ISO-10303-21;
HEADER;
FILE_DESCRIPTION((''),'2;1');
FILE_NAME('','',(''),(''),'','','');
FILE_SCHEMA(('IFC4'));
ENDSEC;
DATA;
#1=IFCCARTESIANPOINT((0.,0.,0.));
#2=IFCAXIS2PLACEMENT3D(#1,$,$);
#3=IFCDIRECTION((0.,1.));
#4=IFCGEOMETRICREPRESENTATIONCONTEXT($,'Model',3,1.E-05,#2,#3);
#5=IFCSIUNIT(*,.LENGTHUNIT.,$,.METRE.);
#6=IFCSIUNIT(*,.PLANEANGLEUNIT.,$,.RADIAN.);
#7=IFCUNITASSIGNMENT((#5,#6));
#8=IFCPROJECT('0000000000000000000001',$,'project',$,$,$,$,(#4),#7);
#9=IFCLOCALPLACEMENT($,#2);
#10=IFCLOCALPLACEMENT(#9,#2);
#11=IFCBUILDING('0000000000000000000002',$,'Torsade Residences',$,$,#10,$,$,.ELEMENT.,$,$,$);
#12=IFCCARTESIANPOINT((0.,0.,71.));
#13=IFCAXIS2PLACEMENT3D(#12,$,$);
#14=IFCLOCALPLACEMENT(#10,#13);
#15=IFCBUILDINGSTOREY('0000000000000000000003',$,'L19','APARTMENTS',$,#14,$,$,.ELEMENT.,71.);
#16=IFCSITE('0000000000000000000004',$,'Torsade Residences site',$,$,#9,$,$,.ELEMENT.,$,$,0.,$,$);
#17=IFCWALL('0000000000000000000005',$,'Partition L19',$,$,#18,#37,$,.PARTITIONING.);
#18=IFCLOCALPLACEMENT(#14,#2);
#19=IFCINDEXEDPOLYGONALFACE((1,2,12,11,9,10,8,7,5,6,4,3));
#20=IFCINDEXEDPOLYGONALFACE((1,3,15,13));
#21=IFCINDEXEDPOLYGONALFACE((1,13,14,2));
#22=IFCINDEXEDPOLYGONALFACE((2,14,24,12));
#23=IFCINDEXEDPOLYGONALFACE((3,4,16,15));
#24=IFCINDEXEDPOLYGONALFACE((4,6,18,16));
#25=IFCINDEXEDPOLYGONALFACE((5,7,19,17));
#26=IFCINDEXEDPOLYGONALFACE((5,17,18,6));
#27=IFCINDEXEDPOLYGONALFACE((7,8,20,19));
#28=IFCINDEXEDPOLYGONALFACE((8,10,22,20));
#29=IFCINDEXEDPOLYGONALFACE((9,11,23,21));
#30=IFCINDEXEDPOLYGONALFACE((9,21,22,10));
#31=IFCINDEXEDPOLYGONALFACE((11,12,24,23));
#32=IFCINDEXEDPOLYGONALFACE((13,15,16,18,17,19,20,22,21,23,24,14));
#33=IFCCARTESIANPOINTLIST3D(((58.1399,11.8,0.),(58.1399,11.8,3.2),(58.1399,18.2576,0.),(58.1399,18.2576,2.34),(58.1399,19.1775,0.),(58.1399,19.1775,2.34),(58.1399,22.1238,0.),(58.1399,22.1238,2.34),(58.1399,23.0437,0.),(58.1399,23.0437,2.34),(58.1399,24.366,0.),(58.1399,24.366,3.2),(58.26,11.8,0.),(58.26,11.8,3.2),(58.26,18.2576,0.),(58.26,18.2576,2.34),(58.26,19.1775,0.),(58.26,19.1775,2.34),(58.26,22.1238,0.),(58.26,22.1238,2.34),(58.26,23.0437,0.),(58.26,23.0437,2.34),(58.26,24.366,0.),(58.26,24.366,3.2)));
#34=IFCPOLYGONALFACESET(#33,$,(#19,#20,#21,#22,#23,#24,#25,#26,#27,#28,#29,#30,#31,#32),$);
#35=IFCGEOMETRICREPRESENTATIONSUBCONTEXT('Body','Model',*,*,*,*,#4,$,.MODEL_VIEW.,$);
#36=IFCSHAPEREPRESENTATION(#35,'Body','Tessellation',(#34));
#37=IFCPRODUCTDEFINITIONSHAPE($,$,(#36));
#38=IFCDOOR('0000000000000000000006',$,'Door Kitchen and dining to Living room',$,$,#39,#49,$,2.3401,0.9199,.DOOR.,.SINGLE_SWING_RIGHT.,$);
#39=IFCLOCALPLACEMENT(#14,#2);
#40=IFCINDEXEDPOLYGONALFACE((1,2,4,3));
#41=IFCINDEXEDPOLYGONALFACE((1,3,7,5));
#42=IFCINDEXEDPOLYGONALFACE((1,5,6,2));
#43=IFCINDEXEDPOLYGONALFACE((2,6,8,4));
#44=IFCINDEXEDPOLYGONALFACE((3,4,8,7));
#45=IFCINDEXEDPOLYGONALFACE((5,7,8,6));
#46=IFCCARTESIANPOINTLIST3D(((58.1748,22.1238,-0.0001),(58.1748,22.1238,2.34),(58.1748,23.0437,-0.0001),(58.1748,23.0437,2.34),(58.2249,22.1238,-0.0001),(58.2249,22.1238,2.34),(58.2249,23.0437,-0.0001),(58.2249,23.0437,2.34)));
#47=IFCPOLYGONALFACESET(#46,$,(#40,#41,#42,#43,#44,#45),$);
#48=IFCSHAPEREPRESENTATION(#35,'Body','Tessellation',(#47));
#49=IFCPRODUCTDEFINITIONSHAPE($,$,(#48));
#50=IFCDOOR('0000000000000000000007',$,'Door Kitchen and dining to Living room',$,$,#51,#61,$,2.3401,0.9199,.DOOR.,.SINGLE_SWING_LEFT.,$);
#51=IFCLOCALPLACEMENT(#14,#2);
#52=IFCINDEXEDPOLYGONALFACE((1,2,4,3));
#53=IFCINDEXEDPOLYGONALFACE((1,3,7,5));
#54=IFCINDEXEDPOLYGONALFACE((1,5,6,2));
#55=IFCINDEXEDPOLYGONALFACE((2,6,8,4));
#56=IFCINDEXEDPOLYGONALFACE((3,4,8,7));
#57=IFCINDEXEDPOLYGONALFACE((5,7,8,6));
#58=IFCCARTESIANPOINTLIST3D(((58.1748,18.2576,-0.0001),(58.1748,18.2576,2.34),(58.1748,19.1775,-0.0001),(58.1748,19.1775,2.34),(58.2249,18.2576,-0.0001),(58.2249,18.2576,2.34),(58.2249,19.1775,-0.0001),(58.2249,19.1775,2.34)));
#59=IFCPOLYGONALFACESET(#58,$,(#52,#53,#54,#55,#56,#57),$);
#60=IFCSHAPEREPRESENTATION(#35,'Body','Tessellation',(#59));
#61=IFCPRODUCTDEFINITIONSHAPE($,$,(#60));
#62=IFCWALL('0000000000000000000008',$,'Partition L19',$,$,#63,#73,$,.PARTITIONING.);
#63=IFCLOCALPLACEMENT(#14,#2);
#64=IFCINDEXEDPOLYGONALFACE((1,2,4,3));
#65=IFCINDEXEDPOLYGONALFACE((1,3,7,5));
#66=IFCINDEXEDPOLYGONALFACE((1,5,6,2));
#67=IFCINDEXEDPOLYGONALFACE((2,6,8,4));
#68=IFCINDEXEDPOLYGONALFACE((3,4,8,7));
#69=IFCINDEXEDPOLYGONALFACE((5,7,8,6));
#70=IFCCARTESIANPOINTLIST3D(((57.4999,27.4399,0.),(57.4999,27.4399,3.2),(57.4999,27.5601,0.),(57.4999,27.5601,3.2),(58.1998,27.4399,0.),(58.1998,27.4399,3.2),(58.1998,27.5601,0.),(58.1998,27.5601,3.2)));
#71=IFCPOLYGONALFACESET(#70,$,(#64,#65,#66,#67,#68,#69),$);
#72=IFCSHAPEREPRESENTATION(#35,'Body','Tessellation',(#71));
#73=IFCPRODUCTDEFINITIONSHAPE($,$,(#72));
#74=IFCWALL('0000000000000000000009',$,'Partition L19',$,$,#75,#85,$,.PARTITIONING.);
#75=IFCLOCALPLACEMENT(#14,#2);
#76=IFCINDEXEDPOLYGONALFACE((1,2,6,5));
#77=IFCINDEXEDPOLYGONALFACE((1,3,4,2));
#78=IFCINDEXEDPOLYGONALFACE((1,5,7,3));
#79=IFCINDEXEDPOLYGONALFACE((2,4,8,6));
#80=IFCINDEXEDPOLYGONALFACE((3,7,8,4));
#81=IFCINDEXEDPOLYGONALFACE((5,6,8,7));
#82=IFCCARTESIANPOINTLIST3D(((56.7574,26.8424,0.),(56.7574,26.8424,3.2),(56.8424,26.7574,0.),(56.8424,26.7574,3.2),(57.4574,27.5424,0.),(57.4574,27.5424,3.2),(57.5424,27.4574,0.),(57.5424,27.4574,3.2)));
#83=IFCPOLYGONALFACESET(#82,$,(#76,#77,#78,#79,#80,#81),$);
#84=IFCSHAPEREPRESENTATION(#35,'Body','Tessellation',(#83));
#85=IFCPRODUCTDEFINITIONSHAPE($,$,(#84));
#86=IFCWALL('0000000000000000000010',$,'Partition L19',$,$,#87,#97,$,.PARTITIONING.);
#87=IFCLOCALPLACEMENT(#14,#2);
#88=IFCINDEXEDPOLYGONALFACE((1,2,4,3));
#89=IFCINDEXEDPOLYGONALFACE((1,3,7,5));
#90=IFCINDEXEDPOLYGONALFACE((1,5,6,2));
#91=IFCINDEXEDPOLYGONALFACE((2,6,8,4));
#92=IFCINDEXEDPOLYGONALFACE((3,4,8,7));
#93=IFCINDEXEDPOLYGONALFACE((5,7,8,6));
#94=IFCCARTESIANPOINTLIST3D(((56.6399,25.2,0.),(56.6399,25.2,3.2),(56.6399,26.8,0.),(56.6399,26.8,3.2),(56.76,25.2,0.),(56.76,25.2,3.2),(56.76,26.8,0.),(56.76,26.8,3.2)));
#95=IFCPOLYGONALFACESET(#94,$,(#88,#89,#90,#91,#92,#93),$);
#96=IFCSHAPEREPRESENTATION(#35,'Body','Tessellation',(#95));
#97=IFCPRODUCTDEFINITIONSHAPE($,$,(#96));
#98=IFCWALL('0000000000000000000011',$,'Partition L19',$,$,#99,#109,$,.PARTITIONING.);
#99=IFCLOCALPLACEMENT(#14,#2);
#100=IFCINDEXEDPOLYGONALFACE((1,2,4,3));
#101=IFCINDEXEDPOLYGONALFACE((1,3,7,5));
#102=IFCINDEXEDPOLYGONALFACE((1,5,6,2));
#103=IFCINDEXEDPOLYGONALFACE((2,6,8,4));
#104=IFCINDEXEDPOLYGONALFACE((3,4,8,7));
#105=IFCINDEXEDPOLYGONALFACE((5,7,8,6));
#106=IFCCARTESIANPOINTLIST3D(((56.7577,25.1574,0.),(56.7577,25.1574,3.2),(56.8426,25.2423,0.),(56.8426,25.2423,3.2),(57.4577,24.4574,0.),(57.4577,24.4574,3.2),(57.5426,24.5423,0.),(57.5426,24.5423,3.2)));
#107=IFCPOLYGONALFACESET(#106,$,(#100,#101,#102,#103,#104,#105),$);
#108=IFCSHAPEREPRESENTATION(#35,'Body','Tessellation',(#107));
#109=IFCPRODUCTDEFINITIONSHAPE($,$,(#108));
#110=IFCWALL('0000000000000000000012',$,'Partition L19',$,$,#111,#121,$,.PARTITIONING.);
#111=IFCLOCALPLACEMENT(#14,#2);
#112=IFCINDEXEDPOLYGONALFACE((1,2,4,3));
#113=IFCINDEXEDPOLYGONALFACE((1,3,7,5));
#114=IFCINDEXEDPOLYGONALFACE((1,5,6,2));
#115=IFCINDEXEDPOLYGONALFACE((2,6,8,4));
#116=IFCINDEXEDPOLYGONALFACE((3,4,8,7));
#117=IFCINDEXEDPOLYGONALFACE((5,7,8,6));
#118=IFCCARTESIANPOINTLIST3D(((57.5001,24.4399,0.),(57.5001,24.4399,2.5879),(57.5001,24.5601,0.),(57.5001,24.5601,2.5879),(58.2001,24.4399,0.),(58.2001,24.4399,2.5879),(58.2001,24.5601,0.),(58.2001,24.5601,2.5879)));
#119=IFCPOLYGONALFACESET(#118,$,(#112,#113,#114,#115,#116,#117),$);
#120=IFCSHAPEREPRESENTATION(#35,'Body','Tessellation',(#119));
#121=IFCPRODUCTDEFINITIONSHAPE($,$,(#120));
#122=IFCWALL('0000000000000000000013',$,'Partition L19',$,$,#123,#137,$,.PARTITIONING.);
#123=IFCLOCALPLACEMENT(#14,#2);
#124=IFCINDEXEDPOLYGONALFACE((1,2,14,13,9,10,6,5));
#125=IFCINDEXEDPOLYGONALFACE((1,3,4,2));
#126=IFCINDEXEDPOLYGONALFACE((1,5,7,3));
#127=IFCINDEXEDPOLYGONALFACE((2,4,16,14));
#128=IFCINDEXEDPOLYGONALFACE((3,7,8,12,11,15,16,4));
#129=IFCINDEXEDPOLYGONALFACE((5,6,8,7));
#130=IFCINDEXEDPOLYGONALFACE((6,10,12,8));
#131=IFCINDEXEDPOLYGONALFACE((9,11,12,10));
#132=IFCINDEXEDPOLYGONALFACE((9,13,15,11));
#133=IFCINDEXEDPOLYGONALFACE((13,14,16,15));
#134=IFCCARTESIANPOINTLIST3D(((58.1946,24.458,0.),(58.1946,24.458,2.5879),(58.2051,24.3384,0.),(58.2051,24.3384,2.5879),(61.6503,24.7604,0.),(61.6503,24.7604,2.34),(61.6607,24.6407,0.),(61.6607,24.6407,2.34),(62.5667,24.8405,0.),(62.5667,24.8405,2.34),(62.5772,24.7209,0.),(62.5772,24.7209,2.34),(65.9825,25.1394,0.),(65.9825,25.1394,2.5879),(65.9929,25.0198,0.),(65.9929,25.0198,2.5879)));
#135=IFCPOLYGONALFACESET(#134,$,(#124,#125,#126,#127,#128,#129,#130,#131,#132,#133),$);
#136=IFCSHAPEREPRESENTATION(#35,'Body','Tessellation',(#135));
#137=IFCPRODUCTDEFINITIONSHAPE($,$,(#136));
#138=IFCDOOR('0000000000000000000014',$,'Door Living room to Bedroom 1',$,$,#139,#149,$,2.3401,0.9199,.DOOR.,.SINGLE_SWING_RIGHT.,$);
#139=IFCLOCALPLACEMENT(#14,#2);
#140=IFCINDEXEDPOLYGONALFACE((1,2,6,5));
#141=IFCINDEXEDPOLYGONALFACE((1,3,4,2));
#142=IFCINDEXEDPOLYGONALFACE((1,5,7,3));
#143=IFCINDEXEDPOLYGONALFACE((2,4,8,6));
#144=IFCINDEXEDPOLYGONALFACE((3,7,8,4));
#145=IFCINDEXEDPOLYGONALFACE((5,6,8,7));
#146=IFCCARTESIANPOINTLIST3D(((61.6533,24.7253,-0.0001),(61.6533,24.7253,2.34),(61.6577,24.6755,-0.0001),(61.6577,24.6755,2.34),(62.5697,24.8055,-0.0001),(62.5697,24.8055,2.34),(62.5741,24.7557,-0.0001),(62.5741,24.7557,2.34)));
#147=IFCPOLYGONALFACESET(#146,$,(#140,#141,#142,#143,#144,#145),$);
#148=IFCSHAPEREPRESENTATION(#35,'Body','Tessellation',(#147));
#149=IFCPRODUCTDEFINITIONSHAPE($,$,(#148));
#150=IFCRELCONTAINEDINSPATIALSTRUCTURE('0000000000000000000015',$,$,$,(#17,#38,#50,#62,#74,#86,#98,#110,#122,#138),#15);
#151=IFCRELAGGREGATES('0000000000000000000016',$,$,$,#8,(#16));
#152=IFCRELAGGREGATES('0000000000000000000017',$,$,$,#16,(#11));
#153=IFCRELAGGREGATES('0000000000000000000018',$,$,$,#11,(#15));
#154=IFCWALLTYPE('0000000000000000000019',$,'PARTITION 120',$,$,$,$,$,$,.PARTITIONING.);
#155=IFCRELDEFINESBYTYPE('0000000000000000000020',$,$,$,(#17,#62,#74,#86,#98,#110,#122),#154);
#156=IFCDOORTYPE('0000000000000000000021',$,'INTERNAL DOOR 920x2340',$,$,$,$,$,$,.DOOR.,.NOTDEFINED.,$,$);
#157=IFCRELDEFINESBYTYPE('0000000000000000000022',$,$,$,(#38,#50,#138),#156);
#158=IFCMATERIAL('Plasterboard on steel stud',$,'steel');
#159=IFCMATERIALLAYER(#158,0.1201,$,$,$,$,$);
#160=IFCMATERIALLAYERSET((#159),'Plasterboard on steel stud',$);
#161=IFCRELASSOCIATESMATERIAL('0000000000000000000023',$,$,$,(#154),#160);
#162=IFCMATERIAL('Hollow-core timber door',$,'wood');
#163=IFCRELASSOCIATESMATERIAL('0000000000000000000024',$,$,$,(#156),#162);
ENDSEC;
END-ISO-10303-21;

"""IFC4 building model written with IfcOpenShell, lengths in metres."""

from ifc_helpers import new_model, si_unit, direction, frame, frame_2d, origin, place, context, subcontext, project, spatial, rectangle, extrude, material, layer, layer_set, type_object, element, fill, save


model = new_model("IFC4")

# Units and contexts
model_context = context("Model", 3, precision=1e-05, world=origin(), true_north=direction((0.0, 1.0)))
body_context = subcontext(model_context, "Body", "Model", "MODEL_VIEW")
ifc_project = project(units=[si_unit("LENGTHUNIT", "METRE"), si_unit("PLANEANGLEUNIT", "RADIAN")], contexts=[model_context])

# Site, building, storey
site_placement = place(None, origin())
site = spatial("IfcSite", under=ifc_project, at=site_placement, Name="Torsade Residences site", CompositionType="ELEMENT", RefElevation=0.0)
building_placement = place(site_placement, origin())
building = spatial("IfcBuilding", under=site, at=building_placement, Name="Torsade Residences", CompositionType="ELEMENT")
storey_placement = place(building_placement, frame((0.0, 0.0, 71.0)))
storey = spatial("IfcBuildingStorey", under=building, at=storey_placement, Name="L19", Description="APARTMENTS", CompositionType="ELEMENT", Elevation=71.0)

# Wall, openings, doors
ifc_material_1 = material(Name="Plasterboard on steel stud", Category="steel")
ifc_layer_1 = layer(ifc_material_1, 0.1201)
ifc_layer_set_1 = layer_set([ifc_layer_1], Name="Plasterboard on steel stud")
wall_type = type_object("IfcWallType", Name="PARTITION 120", PredefinedType="PARTITIONING", material=ifc_layer_set_1)
wall_1_placement = place(storey_placement, frame((58.2, 24.366, 0.0), z_axis=(0.0, 0.0, 1.0), x_axis=(0.0, -1.0, 0.0)))
wall_1 = element("IfcWall", 1, at=wall_1_placement, inside=storey, type_object=wall_type, Name="Partition L19", PredefinedType="PARTITIONING", context=body_context, shape_type="SweptSolid", body=[
    extrude(rectangle(XDim=12.5659, YDim=0.1201, at=frame_2d((6.283, 0.0))), origin(), (0.0, 0.0, 1.0), 3.2),
])
opening_1_placement = place(wall_1_placement, frame((1.3223, 0.0, 0.0)))
opening_1 = element("IfcOpeningElement", 2, at=opening_1_placement, cuts=wall_1, PredefinedType="OPENING", context=body_context, shape_type="SweptSolid", body=[
    extrude(rectangle(XDim=0.9199, YDim=2.3401, at=frame_2d((0.46, 1.1699))), frame((0.0, 0.0701, 0.0), z_axis=(0.0, -1.0, 0.0), x_axis=(1.0, 0.0, 0.0)), (0.0, 0.0, 1.0), 0.1401),
])
opening_2_placement = place(wall_1_placement, frame((5.1885, 0.0, 0.0)))
opening_2 = element("IfcOpeningElement", 3, at=opening_2_placement, cuts=wall_1, PredefinedType="OPENING", context=body_context, shape_type="SweptSolid", body=[
    extrude(rectangle(XDim=0.9199, YDim=2.3401, at=frame_2d((0.46, 1.1699))), frame((0.0, 0.0701, 0.0), z_axis=(0.0, -1.0, 0.0), x_axis=(1.0, 0.0, 0.0)), (0.0, 0.0, 1.0), 0.1401),
])
ifc_material_2 = material(Name="Hollow-core timber door", Category="wood")
door_type = type_object("IfcDoorType", Name="INTERNAL DOOR 920x2340", OperationType="NOTDEFINED", PredefinedType="DOOR", material=ifc_material_2)
door_1_placement = place(opening_1_placement, origin())
door_1 = element("IfcDoor", 4, at=door_1_placement, inside=storey, type_object=door_type, Name="Door Kitchen and dining to Living room", OperationType="SINGLE_SWING_RIGHT", OverallHeight=2.3401, OverallWidth=0.9199, PredefinedType="DOOR", context=body_context, shape_type="SweptSolid", body=[
    extrude(rectangle(XDim=0.9199, YDim=2.3401, at=frame_2d((0.46, 1.1699))), frame((0.0, 0.0249, 0.0), z_axis=(0.0, -1.0, 0.0), x_axis=(1.0, 0.0, 0.0)), (0.0, 0.0, 1.0), 0.05),
])
fill(opening_1, door_1)
door_2_placement = place(opening_2_placement, origin())
door_2 = element("IfcDoor", 5, at=door_2_placement, inside=storey, type_object=door_type, Name="Door Kitchen and dining to Living room", OperationType="SINGLE_SWING_LEFT", OverallHeight=2.3401, OverallWidth=0.9199, PredefinedType="DOOR", context=body_context, shape_type="SweptSolid", body=[
    extrude(rectangle(XDim=0.9199, YDim=2.3401, at=frame_2d((0.46, 1.1699))), frame((0.0, 0.0249, 0.0), z_axis=(0.0, -1.0, 0.0), x_axis=(1.0, 0.0, 0.0)), (0.0, 0.0, 1.0), 0.05),
])
fill(opening_2, door_2)

# Walls
wall_2_placement = place(storey_placement, frame((58.2, 27.5, 0.0), z_axis=(0.0, 0.0, 1.0), x_axis=(-1.0, 0.0, 0.0)))
element("IfcWall", 6, at=wall_2_placement, inside=storey, type_object=wall_type, Name="Partition L19", PredefinedType="PARTITIONING", context=body_context, shape_type="SweptSolid", body=[
    extrude(rectangle(XDim=0.7, YDim=0.1201, at=frame_2d((0.3501, 0.0))), origin(), (0.0, 0.0, 1.0), 3.2),
])
wall_3_placement = place(storey_placement, frame((57.5, 27.5, 0.0), z_axis=(0.0, 0.0, 1.0), x_axis=(-0.707107, -0.707107, 0.0)))
element("IfcWall", 7, at=wall_3_placement, inside=storey, type_object=wall_type, Name="Partition L19", PredefinedType="PARTITIONING", context=body_context, shape_type="SweptSolid", body=[
    extrude(rectangle(XDim=0.99, YDim=0.1201, at=frame_2d((0.4951, 0.0))), origin(), (0.0, 0.0, 1.0), 3.2),
])
wall_4_placement = place(storey_placement, frame((56.7, 26.8, 0.0), z_axis=(0.0, 0.0, 1.0), x_axis=(0.0, -1.0, 0.0)))
element("IfcWall", 8, at=wall_4_placement, inside=storey, type_object=wall_type, Name="Partition L19", PredefinedType="PARTITIONING", context=body_context, shape_type="SweptSolid", body=[
    extrude(rectangle(XDim=1.6001, YDim=0.1201, at=frame_2d((0.8, 0.0))), origin(), (0.0, 0.0, 1.0), 3.2),
])
wall_5_placement = place(storey_placement, frame((56.8, 25.2, 0.0), z_axis=(0.0, 0.0, 1.0), x_axis=(0.707107, -0.707107, 0.0)))
element("IfcWall", 9, at=wall_5_placement, inside=storey, type_object=wall_type, Name="Partition L19", PredefinedType="PARTITIONING", context=body_context, shape_type="SweptSolid", body=[
    extrude(rectangle(XDim=0.99, YDim=0.1201, at=frame_2d((0.4951, 0.0))), origin(), (0.0, 0.0, 1.0), 3.2),
])
wall_6_placement = place(storey_placement, frame((57.5, 24.5, 0.0), z_axis=(0.0, 0.0, 1.0), x_axis=(1.0, 0.0, 0.0)))
element("IfcWall", 10, at=wall_6_placement, inside=storey, type_object=wall_type, Name="Partition L19", PredefinedType="PARTITIONING", context=body_context, shape_type="SweptSolid", body=[
    extrude(rectangle(XDim=0.7, YDim=0.1201, at=frame_2d((0.3501, 0.0))), origin(), (0.0, 0.0, 1.0), 2.5879),
])

# Wall, opening, door
wall_7_placement = place(storey_placement, frame((58.2, 24.3982, 0.0), z_axis=(0.0, 0.0, 1.0), x_axis=(0.996194, 0.087162, 0.0)))
wall_7 = element("IfcWall", 11, at=wall_7_placement, inside=storey, type_object=wall_type, Name="Partition L19", PredefinedType="PARTITIONING", context=body_context, shape_type="SweptSolid", body=[
    extrude(rectangle(XDim=7.8176, YDim=0.1201, at=frame_2d((3.9087, 0.0))), origin(), (0.0, 0.0, 1.0), 2.5879),
])
opening_3_placement = place(wall_7_placement, frame((3.4688, 0.0, 0.0)))
opening_3 = element("IfcOpeningElement", 12, at=opening_3_placement, cuts=wall_7, PredefinedType="OPENING", context=body_context, shape_type="SweptSolid", body=[
    extrude(rectangle(XDim=0.9199, YDim=2.3401, at=frame_2d((0.46, 1.1699))), frame((0.0, 0.0701, 0.0), z_axis=(0.0, -1.0, 0.0), x_axis=(1.0, 0.0, 0.0)), (0.0, 0.0, 1.0), 0.1401),
])
door_3_placement = place(opening_3_placement, origin())
door_3 = element("IfcDoor", 13, at=door_3_placement, inside=storey, type_object=door_type, Name="Door Living room to Bedroom 1", OperationType="SINGLE_SWING_RIGHT", OverallHeight=2.3401, OverallWidth=0.9199, PredefinedType="DOOR", context=body_context, shape_type="SweptSolid", body=[
    extrude(rectangle(XDim=0.9199, YDim=2.3401, at=frame_2d((0.46, 1.1699))), frame((0.0, 0.0249, 0.0), z_axis=(0.0, -1.0, 0.0), x_axis=(1.0, 0.0, 0.0)), (0.0, 0.0, 1.0), 0.05),
])
fill(opening_3, door_3)

save(model, "model.ifc")
